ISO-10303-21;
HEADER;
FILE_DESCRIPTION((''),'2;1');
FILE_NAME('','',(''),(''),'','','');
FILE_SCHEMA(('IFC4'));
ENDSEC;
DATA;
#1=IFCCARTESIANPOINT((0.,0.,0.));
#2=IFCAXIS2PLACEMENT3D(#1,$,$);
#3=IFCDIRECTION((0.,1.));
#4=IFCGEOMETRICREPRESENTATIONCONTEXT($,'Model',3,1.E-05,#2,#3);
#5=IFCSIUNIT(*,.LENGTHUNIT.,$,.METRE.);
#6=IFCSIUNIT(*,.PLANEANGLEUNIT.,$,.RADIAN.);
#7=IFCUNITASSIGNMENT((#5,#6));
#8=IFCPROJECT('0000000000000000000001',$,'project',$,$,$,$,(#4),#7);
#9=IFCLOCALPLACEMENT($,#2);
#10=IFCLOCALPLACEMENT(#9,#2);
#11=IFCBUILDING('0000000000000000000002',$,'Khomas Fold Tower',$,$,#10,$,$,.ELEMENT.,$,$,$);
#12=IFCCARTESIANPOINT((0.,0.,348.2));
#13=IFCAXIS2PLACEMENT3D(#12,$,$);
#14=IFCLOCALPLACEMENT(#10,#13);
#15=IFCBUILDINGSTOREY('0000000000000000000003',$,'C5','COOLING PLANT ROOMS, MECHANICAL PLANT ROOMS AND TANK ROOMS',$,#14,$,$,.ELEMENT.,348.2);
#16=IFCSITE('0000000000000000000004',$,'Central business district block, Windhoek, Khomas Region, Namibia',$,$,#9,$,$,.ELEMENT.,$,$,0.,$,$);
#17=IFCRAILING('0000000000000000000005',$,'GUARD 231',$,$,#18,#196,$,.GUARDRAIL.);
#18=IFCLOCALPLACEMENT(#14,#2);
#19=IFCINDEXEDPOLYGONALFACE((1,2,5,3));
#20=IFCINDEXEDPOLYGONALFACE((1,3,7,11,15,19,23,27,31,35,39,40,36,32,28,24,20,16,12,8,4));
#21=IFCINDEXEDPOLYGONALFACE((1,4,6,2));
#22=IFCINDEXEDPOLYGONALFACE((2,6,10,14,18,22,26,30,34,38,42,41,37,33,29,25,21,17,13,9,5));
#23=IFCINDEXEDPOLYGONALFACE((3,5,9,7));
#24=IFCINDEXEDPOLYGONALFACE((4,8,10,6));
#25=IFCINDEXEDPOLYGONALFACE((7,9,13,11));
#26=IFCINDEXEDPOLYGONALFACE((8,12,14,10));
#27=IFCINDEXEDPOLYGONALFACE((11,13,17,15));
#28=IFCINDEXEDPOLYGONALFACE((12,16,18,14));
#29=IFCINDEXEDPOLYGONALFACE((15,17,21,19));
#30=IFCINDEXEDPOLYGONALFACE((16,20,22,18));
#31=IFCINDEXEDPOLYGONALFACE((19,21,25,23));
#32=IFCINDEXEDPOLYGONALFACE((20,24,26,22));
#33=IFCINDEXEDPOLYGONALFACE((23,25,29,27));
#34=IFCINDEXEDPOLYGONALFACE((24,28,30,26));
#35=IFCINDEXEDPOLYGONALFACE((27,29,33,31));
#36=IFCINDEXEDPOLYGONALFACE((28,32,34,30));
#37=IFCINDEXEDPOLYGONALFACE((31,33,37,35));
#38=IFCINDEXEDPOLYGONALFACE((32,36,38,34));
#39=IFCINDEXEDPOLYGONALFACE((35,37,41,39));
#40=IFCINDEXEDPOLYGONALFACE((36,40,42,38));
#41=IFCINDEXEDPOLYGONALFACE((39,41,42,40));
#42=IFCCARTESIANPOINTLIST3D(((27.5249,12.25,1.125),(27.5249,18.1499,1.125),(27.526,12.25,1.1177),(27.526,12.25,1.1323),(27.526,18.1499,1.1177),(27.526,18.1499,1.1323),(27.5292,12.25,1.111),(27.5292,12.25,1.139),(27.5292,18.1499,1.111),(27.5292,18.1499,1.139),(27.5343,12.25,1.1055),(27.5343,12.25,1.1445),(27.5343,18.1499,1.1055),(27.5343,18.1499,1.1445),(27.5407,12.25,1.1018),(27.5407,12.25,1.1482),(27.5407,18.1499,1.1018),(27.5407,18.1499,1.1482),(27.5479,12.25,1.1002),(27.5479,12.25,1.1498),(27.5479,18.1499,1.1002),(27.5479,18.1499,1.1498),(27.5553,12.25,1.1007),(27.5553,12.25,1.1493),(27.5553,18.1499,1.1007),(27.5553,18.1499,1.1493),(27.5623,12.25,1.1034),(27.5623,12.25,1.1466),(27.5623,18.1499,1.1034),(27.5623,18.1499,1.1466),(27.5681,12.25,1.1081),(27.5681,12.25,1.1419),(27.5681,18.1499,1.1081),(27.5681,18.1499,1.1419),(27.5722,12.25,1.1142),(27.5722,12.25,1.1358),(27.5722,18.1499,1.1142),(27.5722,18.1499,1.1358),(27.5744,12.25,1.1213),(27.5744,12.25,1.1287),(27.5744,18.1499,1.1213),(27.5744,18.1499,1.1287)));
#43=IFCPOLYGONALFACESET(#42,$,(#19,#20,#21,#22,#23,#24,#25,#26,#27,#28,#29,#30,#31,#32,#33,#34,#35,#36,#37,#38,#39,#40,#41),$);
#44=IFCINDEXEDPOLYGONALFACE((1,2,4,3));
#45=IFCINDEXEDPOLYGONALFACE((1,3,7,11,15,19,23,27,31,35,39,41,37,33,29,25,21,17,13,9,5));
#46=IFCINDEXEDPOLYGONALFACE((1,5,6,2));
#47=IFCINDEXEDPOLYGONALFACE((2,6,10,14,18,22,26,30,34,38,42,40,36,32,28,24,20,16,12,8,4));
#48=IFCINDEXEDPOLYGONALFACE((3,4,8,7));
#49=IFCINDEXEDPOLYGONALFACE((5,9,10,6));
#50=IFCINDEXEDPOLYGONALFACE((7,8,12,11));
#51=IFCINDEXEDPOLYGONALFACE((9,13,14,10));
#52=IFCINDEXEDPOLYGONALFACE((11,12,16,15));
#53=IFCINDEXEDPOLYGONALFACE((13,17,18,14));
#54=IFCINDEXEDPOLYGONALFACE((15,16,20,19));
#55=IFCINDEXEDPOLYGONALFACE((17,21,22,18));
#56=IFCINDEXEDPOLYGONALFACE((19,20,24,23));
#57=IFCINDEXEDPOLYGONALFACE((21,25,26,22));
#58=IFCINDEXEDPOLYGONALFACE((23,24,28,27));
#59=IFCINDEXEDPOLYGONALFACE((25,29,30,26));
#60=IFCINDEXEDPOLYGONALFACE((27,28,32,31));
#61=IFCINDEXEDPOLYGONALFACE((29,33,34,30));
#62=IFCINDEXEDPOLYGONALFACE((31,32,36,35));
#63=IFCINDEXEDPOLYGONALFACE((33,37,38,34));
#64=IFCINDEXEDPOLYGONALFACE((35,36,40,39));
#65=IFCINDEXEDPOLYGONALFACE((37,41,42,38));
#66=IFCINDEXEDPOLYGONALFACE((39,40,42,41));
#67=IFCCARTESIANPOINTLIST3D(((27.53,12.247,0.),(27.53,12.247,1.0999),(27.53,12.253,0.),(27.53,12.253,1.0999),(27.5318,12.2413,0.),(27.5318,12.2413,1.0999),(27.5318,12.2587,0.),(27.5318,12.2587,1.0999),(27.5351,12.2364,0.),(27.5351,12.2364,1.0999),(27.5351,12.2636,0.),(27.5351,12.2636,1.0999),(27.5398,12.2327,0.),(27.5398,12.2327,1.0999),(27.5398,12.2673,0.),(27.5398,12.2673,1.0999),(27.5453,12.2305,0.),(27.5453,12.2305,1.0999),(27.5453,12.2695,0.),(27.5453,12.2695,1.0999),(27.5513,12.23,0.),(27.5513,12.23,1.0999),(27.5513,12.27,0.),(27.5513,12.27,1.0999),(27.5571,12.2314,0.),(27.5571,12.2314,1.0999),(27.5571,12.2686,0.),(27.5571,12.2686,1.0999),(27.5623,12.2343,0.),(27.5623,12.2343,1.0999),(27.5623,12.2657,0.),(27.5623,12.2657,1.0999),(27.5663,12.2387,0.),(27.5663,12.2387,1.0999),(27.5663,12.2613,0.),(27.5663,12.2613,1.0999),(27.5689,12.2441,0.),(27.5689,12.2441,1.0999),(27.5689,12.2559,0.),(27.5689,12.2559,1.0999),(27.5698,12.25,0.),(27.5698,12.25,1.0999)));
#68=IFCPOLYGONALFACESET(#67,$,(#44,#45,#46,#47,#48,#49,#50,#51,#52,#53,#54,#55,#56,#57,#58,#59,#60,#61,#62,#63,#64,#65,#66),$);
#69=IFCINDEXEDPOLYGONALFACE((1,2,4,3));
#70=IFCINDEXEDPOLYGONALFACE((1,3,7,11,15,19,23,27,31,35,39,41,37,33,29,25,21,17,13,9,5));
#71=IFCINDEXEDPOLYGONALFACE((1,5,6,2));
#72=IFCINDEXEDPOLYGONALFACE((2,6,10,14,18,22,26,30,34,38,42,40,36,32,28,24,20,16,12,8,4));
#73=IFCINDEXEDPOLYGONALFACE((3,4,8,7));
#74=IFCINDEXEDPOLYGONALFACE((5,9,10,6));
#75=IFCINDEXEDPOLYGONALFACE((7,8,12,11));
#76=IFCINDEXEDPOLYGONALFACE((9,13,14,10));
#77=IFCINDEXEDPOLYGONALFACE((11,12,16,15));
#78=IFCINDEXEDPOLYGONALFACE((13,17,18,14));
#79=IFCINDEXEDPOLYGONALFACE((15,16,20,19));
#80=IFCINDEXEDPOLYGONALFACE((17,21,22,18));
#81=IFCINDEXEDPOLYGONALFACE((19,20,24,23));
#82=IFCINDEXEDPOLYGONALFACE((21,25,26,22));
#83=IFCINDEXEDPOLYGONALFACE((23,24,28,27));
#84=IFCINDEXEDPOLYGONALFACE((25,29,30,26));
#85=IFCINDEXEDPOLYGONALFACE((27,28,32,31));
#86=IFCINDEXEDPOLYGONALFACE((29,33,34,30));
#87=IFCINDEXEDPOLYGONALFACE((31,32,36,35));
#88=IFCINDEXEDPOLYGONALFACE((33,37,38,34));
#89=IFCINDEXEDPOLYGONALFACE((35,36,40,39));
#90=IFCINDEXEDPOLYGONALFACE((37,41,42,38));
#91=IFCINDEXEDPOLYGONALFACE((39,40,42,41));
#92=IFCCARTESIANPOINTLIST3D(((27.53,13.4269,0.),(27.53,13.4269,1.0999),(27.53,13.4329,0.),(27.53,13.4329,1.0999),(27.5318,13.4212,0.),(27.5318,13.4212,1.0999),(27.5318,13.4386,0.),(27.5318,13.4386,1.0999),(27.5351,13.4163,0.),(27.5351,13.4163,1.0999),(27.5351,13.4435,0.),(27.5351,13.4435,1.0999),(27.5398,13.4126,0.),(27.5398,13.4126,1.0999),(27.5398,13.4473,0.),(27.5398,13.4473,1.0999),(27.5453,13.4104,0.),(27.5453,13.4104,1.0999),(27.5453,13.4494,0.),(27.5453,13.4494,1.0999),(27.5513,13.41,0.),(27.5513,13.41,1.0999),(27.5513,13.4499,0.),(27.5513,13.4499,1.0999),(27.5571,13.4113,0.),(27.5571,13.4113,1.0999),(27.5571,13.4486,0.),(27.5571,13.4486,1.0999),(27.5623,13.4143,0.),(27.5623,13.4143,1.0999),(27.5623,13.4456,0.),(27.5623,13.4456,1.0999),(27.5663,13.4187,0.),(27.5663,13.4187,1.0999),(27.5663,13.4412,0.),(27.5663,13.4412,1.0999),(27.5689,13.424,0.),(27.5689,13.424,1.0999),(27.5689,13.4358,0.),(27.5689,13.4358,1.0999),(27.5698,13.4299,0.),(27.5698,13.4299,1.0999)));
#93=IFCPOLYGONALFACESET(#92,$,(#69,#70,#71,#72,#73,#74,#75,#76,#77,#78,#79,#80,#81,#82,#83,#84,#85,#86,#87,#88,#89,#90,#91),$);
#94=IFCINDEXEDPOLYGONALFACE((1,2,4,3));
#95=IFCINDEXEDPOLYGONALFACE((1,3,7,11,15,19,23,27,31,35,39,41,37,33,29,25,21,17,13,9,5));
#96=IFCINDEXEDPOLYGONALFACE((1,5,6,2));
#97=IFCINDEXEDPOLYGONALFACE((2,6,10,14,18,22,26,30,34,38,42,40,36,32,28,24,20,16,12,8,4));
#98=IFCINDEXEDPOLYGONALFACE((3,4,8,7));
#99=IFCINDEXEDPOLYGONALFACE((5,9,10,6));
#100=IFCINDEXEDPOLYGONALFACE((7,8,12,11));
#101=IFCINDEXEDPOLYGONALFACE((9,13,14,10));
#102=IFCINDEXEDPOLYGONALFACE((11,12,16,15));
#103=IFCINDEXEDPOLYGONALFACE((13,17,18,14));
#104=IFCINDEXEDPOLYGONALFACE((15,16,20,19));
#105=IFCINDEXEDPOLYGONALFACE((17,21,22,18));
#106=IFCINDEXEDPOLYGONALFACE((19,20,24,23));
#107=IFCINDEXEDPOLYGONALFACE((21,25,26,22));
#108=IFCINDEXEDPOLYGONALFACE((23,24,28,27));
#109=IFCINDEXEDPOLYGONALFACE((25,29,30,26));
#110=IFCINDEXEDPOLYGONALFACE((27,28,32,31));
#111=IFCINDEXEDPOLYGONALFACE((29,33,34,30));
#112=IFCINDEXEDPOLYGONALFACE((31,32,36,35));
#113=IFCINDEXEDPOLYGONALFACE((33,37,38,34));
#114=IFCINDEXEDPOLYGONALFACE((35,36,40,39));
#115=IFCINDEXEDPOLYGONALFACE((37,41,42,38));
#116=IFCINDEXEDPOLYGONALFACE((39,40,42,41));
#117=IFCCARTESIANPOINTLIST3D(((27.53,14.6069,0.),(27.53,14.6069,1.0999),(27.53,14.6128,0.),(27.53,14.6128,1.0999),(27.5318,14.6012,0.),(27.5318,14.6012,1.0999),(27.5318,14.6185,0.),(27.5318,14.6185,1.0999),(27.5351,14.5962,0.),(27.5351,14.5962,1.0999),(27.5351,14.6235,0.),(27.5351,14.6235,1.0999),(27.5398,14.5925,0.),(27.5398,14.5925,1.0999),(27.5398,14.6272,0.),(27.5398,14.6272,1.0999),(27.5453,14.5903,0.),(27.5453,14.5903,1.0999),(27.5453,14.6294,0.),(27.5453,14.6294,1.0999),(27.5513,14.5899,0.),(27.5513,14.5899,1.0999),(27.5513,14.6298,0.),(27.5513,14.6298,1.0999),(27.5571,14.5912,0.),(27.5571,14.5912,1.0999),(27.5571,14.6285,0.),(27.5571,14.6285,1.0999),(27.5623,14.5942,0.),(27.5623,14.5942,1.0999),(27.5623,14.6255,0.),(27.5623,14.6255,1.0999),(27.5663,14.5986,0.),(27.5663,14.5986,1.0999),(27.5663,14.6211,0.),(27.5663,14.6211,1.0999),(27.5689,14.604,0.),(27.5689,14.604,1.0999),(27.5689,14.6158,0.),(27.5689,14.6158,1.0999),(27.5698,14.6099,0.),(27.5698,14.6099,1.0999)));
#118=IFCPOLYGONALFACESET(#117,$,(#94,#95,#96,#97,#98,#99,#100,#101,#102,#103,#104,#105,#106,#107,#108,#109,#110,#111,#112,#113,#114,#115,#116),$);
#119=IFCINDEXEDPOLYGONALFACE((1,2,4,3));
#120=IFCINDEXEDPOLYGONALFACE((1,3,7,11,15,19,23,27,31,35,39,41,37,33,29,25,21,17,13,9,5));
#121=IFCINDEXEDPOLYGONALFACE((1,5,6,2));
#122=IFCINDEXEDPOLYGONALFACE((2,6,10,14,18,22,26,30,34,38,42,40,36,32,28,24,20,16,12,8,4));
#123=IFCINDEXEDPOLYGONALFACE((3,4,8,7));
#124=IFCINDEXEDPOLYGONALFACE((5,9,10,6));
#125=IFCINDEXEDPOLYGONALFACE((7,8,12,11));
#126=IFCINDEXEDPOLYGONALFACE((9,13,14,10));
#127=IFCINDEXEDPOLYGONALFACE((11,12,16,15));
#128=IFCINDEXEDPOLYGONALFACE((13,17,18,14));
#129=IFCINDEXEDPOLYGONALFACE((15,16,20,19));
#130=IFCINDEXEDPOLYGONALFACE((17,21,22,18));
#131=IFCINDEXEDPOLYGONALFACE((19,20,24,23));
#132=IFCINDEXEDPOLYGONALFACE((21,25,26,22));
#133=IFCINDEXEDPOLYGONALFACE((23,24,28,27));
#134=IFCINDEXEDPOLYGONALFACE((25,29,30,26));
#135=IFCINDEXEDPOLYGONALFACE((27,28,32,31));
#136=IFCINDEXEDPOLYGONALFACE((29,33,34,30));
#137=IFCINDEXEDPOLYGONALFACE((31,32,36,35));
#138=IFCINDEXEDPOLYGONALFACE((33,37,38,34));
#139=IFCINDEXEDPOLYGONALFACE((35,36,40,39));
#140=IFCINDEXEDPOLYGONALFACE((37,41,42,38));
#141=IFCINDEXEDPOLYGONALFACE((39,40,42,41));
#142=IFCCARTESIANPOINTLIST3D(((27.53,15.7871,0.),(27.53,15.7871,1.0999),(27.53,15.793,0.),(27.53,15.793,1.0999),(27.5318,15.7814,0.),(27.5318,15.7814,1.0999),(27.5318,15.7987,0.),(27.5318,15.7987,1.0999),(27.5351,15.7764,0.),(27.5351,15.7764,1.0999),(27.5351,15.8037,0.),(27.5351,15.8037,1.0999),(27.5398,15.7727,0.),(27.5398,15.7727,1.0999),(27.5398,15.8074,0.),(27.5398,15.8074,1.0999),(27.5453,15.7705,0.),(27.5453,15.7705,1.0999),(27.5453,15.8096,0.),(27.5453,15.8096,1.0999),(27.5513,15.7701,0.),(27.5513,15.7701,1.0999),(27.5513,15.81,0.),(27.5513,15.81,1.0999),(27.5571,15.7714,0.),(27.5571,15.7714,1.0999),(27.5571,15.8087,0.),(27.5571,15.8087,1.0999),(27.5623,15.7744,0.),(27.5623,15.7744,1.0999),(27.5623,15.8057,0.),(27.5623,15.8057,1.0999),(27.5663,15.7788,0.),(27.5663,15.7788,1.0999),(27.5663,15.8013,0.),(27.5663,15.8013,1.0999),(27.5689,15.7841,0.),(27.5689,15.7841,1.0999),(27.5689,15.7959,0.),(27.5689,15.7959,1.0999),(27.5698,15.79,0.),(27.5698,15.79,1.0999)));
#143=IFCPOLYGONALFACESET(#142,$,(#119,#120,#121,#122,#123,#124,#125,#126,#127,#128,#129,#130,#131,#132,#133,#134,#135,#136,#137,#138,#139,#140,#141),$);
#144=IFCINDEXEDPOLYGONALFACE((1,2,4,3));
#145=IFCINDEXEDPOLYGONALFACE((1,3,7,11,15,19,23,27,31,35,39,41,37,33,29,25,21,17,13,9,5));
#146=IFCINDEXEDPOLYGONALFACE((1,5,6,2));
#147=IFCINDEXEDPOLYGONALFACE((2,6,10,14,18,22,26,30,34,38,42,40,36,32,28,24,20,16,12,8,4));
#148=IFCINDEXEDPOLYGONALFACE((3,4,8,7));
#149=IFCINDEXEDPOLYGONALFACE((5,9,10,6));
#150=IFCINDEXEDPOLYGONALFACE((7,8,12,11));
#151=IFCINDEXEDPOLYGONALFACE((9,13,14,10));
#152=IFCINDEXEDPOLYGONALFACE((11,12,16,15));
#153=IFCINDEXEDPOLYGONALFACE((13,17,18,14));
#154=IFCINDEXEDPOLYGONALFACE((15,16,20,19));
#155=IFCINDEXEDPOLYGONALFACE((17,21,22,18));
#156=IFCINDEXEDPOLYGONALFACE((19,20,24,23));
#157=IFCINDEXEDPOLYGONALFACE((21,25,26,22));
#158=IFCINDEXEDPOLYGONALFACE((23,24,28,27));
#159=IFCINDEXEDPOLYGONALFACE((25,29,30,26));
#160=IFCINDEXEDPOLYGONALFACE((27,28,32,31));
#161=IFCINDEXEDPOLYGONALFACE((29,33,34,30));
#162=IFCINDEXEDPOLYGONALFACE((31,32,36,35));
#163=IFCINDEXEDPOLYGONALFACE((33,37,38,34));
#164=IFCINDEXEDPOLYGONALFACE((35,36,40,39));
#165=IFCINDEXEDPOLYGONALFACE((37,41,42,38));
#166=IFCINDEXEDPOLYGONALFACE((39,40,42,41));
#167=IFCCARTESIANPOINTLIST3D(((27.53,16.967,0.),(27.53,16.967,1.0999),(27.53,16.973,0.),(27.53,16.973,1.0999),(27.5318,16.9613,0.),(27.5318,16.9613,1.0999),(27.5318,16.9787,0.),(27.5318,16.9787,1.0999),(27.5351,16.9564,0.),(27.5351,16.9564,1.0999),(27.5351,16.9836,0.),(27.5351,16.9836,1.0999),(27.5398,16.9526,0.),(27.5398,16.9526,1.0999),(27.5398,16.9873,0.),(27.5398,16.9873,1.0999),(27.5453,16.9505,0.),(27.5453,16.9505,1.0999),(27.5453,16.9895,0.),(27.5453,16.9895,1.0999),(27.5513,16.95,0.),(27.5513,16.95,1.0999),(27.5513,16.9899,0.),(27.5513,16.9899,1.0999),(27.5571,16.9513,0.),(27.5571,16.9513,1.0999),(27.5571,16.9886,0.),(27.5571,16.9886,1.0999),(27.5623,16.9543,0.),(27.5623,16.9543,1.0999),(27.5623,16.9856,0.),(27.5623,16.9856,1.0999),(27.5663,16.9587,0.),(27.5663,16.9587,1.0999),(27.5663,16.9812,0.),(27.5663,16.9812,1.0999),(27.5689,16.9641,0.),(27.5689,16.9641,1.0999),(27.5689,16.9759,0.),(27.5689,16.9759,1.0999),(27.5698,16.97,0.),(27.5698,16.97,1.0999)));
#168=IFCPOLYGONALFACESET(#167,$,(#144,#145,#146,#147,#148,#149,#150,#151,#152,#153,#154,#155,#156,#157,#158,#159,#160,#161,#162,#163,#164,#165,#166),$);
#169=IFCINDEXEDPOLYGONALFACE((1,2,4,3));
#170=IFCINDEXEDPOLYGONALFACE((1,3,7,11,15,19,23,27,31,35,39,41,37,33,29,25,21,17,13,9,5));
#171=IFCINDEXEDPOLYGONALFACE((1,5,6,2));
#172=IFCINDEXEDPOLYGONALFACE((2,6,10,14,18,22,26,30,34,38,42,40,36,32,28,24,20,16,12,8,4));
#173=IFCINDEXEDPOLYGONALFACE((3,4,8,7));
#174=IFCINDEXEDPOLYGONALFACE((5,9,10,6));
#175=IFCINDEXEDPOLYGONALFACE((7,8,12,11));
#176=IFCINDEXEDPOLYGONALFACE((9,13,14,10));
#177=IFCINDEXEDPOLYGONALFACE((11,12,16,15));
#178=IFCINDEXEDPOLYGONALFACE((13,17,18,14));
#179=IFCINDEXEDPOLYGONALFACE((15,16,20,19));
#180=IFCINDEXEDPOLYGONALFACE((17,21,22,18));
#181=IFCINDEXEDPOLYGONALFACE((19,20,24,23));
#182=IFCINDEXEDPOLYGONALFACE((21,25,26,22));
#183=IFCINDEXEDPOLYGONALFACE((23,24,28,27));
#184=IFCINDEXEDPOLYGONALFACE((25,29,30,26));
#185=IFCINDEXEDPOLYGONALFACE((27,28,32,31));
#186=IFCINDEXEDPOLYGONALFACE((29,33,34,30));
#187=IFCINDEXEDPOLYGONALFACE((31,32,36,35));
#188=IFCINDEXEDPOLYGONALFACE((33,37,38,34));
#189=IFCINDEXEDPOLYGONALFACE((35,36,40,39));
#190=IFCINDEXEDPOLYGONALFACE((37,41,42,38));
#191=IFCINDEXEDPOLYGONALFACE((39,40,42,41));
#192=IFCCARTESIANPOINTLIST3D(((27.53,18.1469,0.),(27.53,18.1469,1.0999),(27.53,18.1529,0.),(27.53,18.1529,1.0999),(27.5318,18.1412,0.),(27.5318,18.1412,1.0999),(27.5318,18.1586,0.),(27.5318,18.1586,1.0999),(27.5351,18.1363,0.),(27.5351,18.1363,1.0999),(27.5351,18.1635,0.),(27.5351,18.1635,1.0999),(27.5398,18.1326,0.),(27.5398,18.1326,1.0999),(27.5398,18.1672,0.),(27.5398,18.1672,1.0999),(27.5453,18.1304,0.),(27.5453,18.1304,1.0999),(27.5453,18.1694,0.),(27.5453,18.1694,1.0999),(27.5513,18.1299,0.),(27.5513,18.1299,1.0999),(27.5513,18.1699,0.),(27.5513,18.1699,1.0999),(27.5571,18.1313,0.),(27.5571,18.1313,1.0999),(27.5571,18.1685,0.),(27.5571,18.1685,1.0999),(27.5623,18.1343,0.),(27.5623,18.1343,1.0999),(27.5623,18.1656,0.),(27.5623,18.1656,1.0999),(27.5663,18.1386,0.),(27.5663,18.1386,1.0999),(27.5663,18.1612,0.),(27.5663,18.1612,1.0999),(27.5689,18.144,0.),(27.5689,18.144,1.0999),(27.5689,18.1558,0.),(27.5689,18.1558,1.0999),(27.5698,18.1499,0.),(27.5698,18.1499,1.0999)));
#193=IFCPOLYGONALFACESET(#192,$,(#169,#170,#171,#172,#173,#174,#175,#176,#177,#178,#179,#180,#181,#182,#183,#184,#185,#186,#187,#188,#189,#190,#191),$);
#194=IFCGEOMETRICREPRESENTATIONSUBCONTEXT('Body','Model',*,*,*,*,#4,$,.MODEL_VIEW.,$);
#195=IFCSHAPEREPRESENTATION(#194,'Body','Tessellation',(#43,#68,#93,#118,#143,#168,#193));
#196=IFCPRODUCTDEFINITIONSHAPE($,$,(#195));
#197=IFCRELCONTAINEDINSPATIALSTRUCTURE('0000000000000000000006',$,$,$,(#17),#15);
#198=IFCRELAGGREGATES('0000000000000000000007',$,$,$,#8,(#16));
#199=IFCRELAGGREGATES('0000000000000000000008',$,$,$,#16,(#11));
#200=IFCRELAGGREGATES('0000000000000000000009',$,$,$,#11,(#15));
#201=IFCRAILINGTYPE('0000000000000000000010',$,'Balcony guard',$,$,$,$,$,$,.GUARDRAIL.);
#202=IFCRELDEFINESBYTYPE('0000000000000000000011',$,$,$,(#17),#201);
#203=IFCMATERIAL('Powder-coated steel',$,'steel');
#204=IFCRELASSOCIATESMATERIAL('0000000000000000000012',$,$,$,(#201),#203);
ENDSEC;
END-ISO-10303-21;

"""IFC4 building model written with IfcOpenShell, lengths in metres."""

from ifc_helpers import new_model, si_unit, direction, frame, origin, origin_2d, place, context, subcontext, project, spatial, circle, extrude, source, transform, mapped, material, type_object, element, save


model = new_model("IFC4")

# Units and contexts
model_context = context("Model", 3, precision=1e-05, world=origin(), true_north=direction((0.0, 1.0)))
body_context = subcontext(model_context, "Body", "Model", "MODEL_VIEW")
ifc_project = project(units=[si_unit("LENGTHUNIT", "METRE"), si_unit("PLANEANGLEUNIT", "RADIAN")], contexts=[model_context])

# Site, building, storey
site_placement = place(None, origin())
site = spatial("IfcSite", under=ifc_project, at=site_placement, Name="Central business district block, Windhoek, Khomas Region, Namibia", CompositionType="ELEMENT", RefElevation=0.0)
building_placement = place(site_placement, origin())
building = spatial("IfcBuilding", under=site, at=building_placement, Name="Khomas Fold Tower", CompositionType="ELEMENT")
storey_placement = place(building_placement, frame((0.0, 0.0, 348.2)))
storey = spatial("IfcBuildingStorey", under=building, at=storey_placement, Name="C5", Description="COOLING PLANT ROOMS, MECHANICAL PLANT ROOMS AND TANK ROOMS", CompositionType="ELEMENT", Elevation=348.2)

# Railing
ifc_material_1 = material(Name="Powder-coated steel", Category="steel")
railing_type_1 = type_object("IfcRailingType", Name="Balcony guard", PredefinedType="GUARDRAIL", material=ifc_material_1)
shared_shape_1 = source(origin(), body_context, "Body", "SweptSolid", [
    extrude(circle(Radius=0.0249, at=origin_2d()), frame((0.0, 0.0, 1.125), z_axis=(0.0, 1.0, 0.0), x_axis=(-1.0, 0.0, 0.0)), (0.0, 0.0, 1.0), 5.8999),
    extrude(circle(Radius=0.02, at=origin_2d()), origin(), (0.0, 0.0, 1.0), 1.0999),
    extrude(circle(Radius=0.02, at=origin_2d()), frame((0.0, 1.1799, 0.0)), (0.0, 0.0, 1.0), 1.0999),
    extrude(circle(Radius=0.02, at=origin_2d()), frame((0.0, 2.3599, 0.0)), (0.0, 0.0, 1.0), 1.0999),
    extrude(circle(Radius=0.02, at=origin_2d()), frame((0.0, 3.54, 0.0)), (0.0, 0.0, 1.0), 1.0999),
    extrude(circle(Radius=0.02, at=origin_2d()), frame((0.0, 4.72, 0.0)), (0.0, 0.0, 1.0), 1.0999),
    extrude(circle(Radius=0.02, at=origin_2d()), frame((0.0, 5.8999, 0.0)), (0.0, 0.0, 1.0), 1.0999),
])
railing_1_placement = place(storey_placement, frame((27.5498, 12.25, 0.0)))
element("IfcRailing", 1, at=railing_1_placement, inside=storey, type_object=railing_type_1, Name="GUARD 231", PredefinedType="GUARDRAIL", context=body_context, shape_type="MappedRepresentation", body=[
    mapped(shared_shape_1, transform((0.0, 0.0, 0.0))),
])

save(model, "model.ifc")
